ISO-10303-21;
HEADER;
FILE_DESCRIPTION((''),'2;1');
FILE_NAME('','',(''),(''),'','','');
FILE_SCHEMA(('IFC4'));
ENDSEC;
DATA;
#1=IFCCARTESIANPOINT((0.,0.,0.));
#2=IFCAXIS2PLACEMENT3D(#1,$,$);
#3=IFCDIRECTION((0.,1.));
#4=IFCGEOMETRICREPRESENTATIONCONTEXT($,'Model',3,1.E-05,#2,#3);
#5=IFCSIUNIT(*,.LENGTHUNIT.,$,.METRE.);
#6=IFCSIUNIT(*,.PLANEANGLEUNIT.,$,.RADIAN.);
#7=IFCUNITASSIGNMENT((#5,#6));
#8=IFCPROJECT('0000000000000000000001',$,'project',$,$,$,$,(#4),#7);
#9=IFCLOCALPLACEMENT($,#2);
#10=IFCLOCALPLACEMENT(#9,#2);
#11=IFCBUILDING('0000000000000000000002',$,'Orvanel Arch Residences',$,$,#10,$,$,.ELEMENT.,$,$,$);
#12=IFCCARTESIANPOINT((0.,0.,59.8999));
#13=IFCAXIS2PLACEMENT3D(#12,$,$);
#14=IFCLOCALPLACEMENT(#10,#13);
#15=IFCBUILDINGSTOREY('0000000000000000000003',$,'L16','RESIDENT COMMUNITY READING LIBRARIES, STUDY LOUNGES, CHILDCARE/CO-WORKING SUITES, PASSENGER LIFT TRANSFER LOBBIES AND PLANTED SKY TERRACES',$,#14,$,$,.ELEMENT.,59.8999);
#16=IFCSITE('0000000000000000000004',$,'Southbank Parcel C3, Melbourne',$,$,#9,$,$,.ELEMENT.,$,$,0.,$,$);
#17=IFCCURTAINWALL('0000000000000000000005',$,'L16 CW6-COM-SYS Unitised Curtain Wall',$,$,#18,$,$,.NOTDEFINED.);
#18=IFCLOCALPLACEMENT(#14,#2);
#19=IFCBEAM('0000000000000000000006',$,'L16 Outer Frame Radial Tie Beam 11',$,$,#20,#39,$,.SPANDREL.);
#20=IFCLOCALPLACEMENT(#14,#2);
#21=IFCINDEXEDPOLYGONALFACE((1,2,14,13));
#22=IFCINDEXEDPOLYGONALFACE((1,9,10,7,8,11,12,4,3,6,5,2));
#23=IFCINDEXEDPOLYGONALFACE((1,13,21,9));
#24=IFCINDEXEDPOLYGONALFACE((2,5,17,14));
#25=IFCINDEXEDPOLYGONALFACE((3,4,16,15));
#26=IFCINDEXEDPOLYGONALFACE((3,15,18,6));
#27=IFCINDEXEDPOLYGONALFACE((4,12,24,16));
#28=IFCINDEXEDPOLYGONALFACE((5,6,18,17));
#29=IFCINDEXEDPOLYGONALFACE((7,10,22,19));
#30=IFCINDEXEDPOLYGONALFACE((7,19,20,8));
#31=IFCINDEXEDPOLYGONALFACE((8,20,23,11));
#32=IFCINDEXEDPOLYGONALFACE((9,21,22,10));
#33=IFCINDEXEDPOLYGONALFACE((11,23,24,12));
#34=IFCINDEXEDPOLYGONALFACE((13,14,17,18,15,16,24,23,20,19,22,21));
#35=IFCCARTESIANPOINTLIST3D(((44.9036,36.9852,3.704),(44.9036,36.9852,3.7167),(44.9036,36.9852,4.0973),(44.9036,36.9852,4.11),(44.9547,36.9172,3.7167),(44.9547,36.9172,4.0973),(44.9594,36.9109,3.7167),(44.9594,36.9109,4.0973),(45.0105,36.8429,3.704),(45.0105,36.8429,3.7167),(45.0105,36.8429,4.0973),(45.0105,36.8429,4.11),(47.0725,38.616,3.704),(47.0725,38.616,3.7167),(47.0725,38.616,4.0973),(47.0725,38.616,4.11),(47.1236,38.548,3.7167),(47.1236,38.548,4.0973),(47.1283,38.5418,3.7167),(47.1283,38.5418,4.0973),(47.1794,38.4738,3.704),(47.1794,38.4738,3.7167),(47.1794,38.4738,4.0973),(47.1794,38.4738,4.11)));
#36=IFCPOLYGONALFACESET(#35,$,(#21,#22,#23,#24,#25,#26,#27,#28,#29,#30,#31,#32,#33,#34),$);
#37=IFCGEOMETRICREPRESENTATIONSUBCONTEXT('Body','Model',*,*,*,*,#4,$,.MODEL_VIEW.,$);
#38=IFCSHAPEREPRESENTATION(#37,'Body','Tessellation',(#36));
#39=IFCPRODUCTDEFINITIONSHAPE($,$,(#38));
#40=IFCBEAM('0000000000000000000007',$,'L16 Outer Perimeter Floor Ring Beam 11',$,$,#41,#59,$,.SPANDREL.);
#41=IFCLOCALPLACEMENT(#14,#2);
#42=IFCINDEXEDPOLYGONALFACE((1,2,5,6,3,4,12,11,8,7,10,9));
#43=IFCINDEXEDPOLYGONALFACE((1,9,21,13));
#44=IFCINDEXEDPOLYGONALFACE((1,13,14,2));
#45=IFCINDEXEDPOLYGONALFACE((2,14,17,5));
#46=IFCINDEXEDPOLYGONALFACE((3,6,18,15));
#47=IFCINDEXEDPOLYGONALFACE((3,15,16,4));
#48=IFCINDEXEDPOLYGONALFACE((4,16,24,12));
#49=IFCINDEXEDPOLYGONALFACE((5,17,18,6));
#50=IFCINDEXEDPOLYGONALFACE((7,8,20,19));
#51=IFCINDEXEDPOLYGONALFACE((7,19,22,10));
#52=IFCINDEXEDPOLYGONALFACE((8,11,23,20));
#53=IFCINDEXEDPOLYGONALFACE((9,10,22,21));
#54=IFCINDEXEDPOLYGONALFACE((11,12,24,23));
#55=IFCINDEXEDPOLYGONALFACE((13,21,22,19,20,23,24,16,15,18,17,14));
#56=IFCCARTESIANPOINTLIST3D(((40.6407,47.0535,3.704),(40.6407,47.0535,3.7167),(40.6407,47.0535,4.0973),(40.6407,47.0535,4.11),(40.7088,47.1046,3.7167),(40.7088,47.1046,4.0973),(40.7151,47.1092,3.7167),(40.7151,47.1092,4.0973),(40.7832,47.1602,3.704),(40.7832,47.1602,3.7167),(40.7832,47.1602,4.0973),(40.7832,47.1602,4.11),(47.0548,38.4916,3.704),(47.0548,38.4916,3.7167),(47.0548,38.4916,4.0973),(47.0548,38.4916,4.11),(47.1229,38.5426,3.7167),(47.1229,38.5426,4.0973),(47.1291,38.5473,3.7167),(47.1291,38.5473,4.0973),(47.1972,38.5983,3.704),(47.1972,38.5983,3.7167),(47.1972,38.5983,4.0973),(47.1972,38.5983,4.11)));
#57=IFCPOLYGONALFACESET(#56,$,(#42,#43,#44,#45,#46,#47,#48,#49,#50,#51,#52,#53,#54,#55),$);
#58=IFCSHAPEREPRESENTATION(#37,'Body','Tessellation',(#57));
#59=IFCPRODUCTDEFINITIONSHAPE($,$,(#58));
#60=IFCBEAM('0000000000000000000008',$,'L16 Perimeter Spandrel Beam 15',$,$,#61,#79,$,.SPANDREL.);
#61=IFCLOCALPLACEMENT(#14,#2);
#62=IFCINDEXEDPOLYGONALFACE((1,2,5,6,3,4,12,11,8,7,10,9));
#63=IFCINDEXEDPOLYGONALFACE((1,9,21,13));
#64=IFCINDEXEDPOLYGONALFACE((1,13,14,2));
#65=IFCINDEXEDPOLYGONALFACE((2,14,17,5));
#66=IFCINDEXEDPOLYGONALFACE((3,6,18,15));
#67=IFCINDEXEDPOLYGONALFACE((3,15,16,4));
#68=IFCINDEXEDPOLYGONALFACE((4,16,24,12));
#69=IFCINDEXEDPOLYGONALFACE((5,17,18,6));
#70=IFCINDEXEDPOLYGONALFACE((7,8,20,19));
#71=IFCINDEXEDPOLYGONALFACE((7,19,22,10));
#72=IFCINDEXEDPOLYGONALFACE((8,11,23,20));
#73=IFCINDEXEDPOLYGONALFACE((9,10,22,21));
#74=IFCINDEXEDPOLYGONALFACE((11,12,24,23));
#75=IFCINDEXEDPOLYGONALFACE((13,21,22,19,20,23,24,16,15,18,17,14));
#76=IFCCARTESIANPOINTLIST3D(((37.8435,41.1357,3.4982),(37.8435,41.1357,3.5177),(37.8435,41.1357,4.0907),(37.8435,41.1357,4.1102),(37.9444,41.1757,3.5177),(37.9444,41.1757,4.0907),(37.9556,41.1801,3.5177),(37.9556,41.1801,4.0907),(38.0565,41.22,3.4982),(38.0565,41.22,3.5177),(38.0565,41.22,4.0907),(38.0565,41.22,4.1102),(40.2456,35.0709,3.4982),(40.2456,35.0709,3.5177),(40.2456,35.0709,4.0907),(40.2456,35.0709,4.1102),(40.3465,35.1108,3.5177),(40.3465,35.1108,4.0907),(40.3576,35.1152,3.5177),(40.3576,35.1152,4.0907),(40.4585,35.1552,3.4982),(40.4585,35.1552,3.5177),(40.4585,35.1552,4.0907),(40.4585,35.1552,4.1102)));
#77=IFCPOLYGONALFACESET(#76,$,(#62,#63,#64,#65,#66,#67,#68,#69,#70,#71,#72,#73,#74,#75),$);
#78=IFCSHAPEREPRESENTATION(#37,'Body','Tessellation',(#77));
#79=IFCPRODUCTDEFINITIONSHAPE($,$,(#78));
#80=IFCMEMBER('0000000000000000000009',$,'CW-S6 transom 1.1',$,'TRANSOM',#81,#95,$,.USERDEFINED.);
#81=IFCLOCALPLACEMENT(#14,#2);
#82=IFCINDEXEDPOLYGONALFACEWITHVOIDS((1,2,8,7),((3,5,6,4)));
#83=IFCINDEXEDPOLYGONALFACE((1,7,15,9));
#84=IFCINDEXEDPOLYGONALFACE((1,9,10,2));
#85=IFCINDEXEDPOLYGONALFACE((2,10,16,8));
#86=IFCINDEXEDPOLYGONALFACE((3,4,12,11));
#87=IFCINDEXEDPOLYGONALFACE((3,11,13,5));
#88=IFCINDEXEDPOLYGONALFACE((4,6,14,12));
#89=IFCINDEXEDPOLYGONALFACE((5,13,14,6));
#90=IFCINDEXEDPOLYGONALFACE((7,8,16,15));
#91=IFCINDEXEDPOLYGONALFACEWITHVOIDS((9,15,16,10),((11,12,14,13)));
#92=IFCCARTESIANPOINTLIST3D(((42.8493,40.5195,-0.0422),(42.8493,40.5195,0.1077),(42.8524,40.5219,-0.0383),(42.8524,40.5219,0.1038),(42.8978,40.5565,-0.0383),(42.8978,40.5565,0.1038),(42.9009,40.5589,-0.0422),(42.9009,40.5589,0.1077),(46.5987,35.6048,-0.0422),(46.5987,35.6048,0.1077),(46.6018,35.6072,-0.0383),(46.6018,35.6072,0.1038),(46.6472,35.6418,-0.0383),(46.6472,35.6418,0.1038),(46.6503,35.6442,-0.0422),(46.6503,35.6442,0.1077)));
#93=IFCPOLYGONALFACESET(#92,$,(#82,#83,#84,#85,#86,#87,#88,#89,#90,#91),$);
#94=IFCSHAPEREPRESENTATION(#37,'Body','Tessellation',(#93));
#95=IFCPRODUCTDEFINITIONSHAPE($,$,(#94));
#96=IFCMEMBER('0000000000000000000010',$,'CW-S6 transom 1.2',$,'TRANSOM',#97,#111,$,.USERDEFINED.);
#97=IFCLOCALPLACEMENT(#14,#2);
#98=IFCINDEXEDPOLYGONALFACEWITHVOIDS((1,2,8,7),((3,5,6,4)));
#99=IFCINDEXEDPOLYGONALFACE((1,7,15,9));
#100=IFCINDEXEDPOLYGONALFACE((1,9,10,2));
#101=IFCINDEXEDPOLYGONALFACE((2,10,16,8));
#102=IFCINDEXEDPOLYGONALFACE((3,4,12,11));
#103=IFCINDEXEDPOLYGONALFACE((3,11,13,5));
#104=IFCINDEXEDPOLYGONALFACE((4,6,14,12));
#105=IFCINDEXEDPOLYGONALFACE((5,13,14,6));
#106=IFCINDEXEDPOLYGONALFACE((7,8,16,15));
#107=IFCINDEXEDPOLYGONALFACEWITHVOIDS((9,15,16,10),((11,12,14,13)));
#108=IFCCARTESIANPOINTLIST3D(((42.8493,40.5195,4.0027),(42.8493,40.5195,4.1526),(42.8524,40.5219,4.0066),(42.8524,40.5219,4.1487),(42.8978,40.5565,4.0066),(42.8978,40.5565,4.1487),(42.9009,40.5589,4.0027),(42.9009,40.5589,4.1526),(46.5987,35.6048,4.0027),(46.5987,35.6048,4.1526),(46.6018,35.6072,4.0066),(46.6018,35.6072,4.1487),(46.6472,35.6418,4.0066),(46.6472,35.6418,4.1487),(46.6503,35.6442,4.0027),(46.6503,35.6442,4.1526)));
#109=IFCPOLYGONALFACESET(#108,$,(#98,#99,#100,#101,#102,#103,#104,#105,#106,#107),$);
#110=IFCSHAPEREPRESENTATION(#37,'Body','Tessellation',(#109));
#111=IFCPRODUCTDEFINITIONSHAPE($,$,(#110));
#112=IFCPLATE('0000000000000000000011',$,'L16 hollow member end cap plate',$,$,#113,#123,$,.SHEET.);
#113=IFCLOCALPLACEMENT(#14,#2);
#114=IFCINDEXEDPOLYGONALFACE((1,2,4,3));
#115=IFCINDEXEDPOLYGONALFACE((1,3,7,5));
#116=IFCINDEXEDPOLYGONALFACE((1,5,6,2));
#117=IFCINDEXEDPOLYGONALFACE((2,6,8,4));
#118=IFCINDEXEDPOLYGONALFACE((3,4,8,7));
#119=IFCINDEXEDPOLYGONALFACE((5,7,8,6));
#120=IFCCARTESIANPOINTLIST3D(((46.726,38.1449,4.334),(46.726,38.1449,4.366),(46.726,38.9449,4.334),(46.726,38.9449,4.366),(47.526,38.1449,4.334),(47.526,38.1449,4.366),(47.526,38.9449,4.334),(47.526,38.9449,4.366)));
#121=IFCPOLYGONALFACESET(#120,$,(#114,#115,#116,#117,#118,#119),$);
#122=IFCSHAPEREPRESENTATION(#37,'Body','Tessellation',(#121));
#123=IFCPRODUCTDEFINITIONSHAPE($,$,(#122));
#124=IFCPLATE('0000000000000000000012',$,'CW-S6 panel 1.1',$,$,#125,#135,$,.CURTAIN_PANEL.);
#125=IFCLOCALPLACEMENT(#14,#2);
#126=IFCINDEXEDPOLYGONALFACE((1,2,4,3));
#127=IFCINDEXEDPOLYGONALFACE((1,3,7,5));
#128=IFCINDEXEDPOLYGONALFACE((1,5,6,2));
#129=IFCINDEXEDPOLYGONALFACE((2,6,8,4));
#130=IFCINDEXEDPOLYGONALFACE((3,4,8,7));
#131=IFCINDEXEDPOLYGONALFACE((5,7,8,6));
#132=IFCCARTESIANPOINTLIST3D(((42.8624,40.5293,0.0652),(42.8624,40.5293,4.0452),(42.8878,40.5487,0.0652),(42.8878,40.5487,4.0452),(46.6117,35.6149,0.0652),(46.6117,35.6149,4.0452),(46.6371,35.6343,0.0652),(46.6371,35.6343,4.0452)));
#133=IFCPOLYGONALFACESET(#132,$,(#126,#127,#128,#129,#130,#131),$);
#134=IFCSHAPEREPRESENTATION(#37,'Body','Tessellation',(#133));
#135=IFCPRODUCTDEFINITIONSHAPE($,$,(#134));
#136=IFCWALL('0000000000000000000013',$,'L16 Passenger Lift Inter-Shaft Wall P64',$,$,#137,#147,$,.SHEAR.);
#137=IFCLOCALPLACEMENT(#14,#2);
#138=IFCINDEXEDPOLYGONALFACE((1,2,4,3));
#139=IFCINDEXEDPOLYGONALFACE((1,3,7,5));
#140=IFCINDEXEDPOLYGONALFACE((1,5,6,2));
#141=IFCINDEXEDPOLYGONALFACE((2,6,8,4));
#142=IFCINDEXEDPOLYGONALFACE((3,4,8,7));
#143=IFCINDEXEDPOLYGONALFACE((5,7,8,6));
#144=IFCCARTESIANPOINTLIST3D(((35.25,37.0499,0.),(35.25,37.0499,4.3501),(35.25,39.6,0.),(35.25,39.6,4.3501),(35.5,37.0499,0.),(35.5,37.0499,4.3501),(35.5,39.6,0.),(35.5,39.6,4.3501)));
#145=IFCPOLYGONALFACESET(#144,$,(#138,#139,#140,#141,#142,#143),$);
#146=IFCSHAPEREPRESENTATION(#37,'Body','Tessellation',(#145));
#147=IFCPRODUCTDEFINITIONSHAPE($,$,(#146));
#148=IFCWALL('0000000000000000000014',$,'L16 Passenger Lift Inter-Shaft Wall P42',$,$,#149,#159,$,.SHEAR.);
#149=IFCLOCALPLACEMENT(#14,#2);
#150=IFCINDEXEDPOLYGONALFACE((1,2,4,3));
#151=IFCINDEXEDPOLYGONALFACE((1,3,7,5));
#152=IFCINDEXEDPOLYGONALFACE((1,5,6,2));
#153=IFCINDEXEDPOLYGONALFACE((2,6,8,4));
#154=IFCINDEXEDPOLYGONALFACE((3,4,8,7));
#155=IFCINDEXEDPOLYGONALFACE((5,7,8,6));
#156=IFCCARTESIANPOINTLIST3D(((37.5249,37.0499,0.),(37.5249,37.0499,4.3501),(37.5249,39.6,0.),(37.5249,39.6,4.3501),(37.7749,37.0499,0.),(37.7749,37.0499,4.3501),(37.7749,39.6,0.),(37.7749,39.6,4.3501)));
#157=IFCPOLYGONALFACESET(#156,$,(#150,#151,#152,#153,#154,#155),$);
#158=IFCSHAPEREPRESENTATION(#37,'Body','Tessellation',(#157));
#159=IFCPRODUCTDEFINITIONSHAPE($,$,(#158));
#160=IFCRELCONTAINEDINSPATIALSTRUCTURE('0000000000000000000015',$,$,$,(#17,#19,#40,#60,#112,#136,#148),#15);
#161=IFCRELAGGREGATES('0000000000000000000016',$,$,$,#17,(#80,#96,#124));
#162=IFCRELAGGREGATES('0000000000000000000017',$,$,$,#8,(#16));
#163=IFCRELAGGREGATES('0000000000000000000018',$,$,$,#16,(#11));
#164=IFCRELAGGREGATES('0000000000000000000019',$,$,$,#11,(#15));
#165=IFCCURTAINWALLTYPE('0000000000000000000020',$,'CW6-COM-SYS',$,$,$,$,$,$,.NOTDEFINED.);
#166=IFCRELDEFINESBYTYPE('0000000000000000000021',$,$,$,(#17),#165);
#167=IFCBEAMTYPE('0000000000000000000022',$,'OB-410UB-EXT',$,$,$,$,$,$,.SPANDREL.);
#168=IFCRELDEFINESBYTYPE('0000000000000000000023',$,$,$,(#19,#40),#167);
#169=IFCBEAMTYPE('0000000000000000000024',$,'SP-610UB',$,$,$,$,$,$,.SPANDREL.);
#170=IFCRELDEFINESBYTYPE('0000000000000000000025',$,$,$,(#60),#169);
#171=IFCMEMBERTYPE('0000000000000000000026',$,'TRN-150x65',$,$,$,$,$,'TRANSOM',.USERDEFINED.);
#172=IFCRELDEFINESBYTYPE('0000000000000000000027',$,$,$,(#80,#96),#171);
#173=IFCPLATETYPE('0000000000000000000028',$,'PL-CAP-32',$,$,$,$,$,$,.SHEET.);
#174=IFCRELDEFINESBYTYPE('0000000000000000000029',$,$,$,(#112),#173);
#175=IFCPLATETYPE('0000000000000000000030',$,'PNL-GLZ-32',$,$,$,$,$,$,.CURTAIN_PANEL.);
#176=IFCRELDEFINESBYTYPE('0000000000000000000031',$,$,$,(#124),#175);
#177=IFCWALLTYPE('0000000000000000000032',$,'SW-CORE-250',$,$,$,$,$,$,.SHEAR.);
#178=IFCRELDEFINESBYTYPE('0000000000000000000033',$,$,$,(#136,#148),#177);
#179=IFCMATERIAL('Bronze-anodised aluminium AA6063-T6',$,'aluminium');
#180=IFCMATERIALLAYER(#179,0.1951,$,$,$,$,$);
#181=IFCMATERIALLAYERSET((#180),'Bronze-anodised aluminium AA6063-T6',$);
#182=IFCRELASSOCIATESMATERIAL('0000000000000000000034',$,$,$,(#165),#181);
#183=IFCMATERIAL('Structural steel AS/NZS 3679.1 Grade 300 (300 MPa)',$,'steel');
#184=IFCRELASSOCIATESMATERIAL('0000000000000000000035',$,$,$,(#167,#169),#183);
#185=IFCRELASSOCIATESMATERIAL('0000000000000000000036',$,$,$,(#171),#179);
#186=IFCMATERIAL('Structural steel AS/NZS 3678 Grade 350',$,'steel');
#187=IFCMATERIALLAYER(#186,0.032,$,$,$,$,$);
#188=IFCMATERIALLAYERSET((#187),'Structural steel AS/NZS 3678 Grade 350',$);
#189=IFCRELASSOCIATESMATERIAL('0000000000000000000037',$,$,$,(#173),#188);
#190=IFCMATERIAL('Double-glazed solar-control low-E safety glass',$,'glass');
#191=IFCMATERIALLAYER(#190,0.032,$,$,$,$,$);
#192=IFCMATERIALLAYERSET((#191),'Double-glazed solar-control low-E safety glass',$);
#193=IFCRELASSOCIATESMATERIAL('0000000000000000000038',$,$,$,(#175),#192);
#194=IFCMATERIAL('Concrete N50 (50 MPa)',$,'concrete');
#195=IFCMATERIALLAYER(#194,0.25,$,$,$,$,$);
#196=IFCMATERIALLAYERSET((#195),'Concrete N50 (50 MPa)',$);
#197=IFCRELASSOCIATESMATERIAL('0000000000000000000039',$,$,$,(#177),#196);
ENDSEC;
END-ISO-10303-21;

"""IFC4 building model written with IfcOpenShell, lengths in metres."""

from ifc_helpers import new_model, si_unit, direction, frame, frame_2d, origin, origin_2d, place, context, subcontext, project, spatial, rectangle, hollow_rectangle, i_section, extrude, material, layer, layer_set, material_profile, profile_set, type_object, element, aggregate, save


model = new_model("IFC4")

# Units and contexts
model_context = context("Model", 3, precision=1e-05, world=origin(), true_north=direction((0.0, 1.0)))
body_context = subcontext(model_context, "Body", "Model", "MODEL_VIEW")
ifc_project = project(units=[si_unit("LENGTHUNIT", "METRE"), si_unit("PLANEANGLEUNIT", "RADIAN")], contexts=[model_context])

# Site, building, storey
site_placement = place(None, origin())
site = spatial("IfcSite", under=ifc_project, at=site_placement, Name="Southbank Parcel C3, Melbourne", CompositionType="ELEMENT", RefElevation=0.0)
building_placement = place(site_placement, origin())
building = spatial("IfcBuilding", under=site, at=building_placement, Name="Orvanel Arch Residences", CompositionType="ELEMENT")
storey_placement = place(building_placement, frame((0.0, 0.0, 59.8999)))
storey = spatial("IfcBuildingStorey", under=building, at=storey_placement, Name="L16", Description="RESIDENT COMMUNITY READING LIBRARIES, STUDY LOUNGES, CHILDCARE/CO-WORKING SUITES, PASSENGER LIFT TRANSFER LOBBIES AND PLANTED SKY TERRACES", CompositionType="ELEMENT", Elevation=59.8999)

# Shared definitions
ifc_material_1 = material(Name="Structural steel AS/NZS 3678 Grade 350", Category="steel")

# Shared definitions
ifc_material_2 = material(Name="Structural steel AS/NZS 3679.1 Grade 300 (300 MPa)", Category="steel")

# Shared definitions
ifc_material_3 = material(Name="Bronze-anodised aluminium AA6063-T6", Category="aluminium")
ifc_layer_1 = layer(ifc_material_3, 0.1951)
ifc_layer_set_1 = layer_set([ifc_layer_1], Name="Bronze-anodised aluminium AA6063-T6")
curtain_wall_type = type_object("IfcCurtainWallType", Name="CW6-COM-SYS", PredefinedType="NOTDEFINED", material=ifc_layer_set_1)

# Curtain wall
curtain_wall_1_placement = place(storey_placement, origin())
curtain_wall_1 = element("IfcCurtainWall", 1, at=curtain_wall_1_placement, inside=storey, type_object=curtain_wall_type, Name="L16 CW6-COM-SYS Unitised Curtain Wall", PredefinedType="NOTDEFINED")

# Beams
ifc_material_profile_1 = material_profile(ifc_material_2, i_section(OverallWidth=0.178, OverallDepth=0.406, WebThickness=0.0078, FlangeThickness=0.0127, at=origin_2d()), Name="410UB59.7")
ifc_profile_set_1 = profile_set([ifc_material_profile_1], Name="Structural steel AS/NZS 3679.1 Grade 300 (300 MPa)")
beam_type_1 = type_object("IfcBeamType", Name="OB-410UB-EXT", PredefinedType="SPANDREL", material=ifc_profile_set_1)
beam_1_placement = place(storey_placement, frame((44.957, 36.9141, 3.907), z_axis=(0.799265, 0.600978, 0.0), x_axis=(-0.600978, 0.799265, 0.0)))
element("IfcBeam", 2, at=beam_1_placement, inside=storey, type_object=beam_type_1, Name="L16 Outer Frame Radial Tie Beam 11", PredefinedType="SPANDREL", context=body_context, shape_type="SweptSolid", body=[
    extrude(i_section(OverallWidth=0.178, OverallDepth=0.406, WebThickness=0.0078, FlangeThickness=0.0127, at=origin_2d()), origin(), (0.0, 0.0, 1.0), 2.7136),
])
beam_2_placement = place(storey_placement, frame((47.126, 38.5449, 3.907), z_axis=(-0.599554, 0.800334, 0.0), x_axis=(-0.800334, -0.599554, 0.0)))
element("IfcBeam", 3, at=beam_2_placement, inside=storey, type_object=beam_type_1, Name="L16 Outer Perimeter Floor Ring Beam 11", PredefinedType="SPANDREL", context=body_context, shape_type="SweptSolid", body=[
    extrude(i_section(OverallWidth=0.178, OverallDepth=0.406, WebThickness=0.0078, FlangeThickness=0.0127, at=origin_2d()), origin(), (0.0, 0.0, 1.0), 10.698),
])
ifc_material_profile_2 = material_profile(ifc_material_2, i_section(OverallWidth=0.229, OverallDepth=0.6121, WebThickness=0.012, FlangeThickness=0.0195, at=origin_2d()), Name="610UB125")
ifc_profile_set_2 = profile_set([ifc_material_profile_2], Name="Structural steel AS/NZS 3679.1 Grade 300 (300 MPa)")
beam_type_2 = type_object("IfcBeamType", Name="SP-610UB", PredefinedType="SPANDREL", material=ifc_profile_set_2)
beam_3_placement = place(storey_placement, frame((40.3521, 35.113, 3.8042), z_axis=(-0.368233, 0.929733, 0.0), x_axis=(-0.929733, -0.368233, 0.0)))
element("IfcBeam", 4, at=beam_3_placement, inside=storey, type_object=beam_type_2, Name="L16 Perimeter Spandrel Beam 15", PredefinedType="SPANDREL", context=body_context, shape_type="SweptSolid", body=[
    extrude(i_section(OverallWidth=0.229, OverallDepth=0.6121, WebThickness=0.012, FlangeThickness=0.0195, at=origin_2d()), origin(), (0.0, 0.0, 1.0), 6.5232),
])

# Members
ifc_material_profile_3 = material_profile(ifc_material_3, hollow_rectangle(XDim=0.0649, YDim=0.1499, WallThickness=0.0039, at=origin_2d()), Name="ALU150x65x4")
ifc_profile_set_3 = profile_set([ifc_material_profile_3], Name="Bronze-anodised aluminium AA6063-T6")
member_type_1 = type_object("IfcMemberType", Name="TRN-150x65", ElementType="TRANSOM", PredefinedType="USERDEFINED", material=ifc_profile_set_3)
member_1_placement = place(storey_placement, frame((46.6245, 35.6245, 0.0327), z_axis=(-0.606545, 0.795049, 0.0), x_axis=(-0.795049, -0.606545, 0.0)))
member_1 = element("IfcMember", 5, at=member_1_placement, type_object=member_type_1, Name="CW-S6 transom 1.1", ObjectType="TRANSOM", PredefinedType="USERDEFINED", context=body_context, shape_type="SweptSolid", body=[
    extrude(hollow_rectangle(XDim=0.0649, YDim=0.1499, WallThickness=0.0039, at=origin_2d()), origin(), (0.0, 0.0, 1.0), 6.1816),
])
member_2_placement = place(storey_placement, frame((46.6245, 35.6245, 4.0776), z_axis=(-0.606545, 0.795049, 0.0), x_axis=(-0.795049, -0.606545, 0.0)))
member_2 = element("IfcMember", 6, at=member_2_placement, type_object=member_type_1, Name="CW-S6 transom 1.2", ObjectType="TRANSOM", PredefinedType="USERDEFINED", context=body_context, shape_type="SweptSolid", body=[
    extrude(hollow_rectangle(XDim=0.0649, YDim=0.1499, WallThickness=0.0039, at=origin_2d()), origin(), (0.0, 0.0, 1.0), 6.1816),
])

# Plates
ifc_layer_2 = layer(ifc_material_1, 0.032)
ifc_layer_set_2 = layer_set([ifc_layer_2], Name="Structural steel AS/NZS 3678 Grade 350")
plate_type_1 = type_object("IfcPlateType", Name="PL-CAP-32", PredefinedType="SHEET", material=ifc_layer_set_2)
plate_1_placement = place(storey_placement, frame((47.126, 38.5449, 4.334), z_axis=(0.0, 0.0, 1.0), x_axis=(1.0, 0.0, 0.0)))
element("IfcPlate", 7, at=plate_1_placement, inside=storey, type_object=plate_type_1, Name="L16 hollow member end cap plate", PredefinedType="SHEET", context=body_context, shape_type="SweptSolid", body=[
    extrude(rectangle(XDim=0.8, YDim=0.8, at=origin_2d()), origin(), (0.0, 0.0, 1.0), 0.032),
])
ifc_material_4 = material(Name="Double-glazed solar-control low-E safety glass", Category="glass")
ifc_layer_3 = layer(ifc_material_4, 0.032)
ifc_layer_set_3 = layer_set([ifc_layer_3], Name="Double-glazed solar-control low-E safety glass")
plate_type_2 = type_object("IfcPlateType", Name="PNL-GLZ-32", PredefinedType="CURTAIN_PANEL", material=ifc_layer_set_3)
plate_2_placement = place(storey_placement, frame((44.7498, 38.0818, 0.0652), z_axis=(0.0, 0.0, 1.0), x_axis=(-0.606555, 0.795041, 0.0)))
plate_2 = element("IfcPlate", 8, at=plate_2_placement, type_object=plate_type_2, Name="CW-S6 panel 1.1", PredefinedType="CURTAIN_PANEL", context=body_context, shape_type="SweptSolid", body=[
    extrude(rectangle(XDim=6.1814, YDim=0.032, at=origin_2d()), origin(), (0.0, 0.0, 1.0), 3.98),
])
aggregate(curtain_wall_1, [member_1, member_2, plate_2])

# Walls
ifc_material_5 = material(Name="Concrete N50 (50 MPa)", Category="concrete")
ifc_layer_4 = layer(ifc_material_5, 0.25)
ifc_layer_set_4 = layer_set([ifc_layer_4], Name="Concrete N50 (50 MPa)")
wall_type_1 = type_object("IfcWallType", Name="SW-CORE-250", PredefinedType="SHEAR", material=ifc_layer_set_4)
for number, where, z_axis, x_axis, name in (
    (9, (35.375, 37.05, 0.0), (0.0, 0.0, 1.0), (0.0, 1.0, 0.0), "L16 Passenger Lift Inter-Shaft Wall P64"),
    (10, (37.6499, 37.05, 0.0), (0.0, 0.0, 1.0), (0.0, 1.0, 0.0), "L16 Passenger Lift Inter-Shaft Wall P42"),
):
    element("IfcWall", number, at=place(storey_placement, frame(where, z_axis=z_axis, x_axis=x_axis)), inside=storey, type_object=wall_type_1, Name=name, PredefinedType="SHEAR", context=body_context, shape_type="SweptSolid", body=[
        extrude(rectangle(XDim=2.55, YDim=0.25, at=frame_2d((1.2749, 0.0))), origin(), (0.0, 0.0, 1.0), 4.3501),
    ])

save(model, "model.ifc")
